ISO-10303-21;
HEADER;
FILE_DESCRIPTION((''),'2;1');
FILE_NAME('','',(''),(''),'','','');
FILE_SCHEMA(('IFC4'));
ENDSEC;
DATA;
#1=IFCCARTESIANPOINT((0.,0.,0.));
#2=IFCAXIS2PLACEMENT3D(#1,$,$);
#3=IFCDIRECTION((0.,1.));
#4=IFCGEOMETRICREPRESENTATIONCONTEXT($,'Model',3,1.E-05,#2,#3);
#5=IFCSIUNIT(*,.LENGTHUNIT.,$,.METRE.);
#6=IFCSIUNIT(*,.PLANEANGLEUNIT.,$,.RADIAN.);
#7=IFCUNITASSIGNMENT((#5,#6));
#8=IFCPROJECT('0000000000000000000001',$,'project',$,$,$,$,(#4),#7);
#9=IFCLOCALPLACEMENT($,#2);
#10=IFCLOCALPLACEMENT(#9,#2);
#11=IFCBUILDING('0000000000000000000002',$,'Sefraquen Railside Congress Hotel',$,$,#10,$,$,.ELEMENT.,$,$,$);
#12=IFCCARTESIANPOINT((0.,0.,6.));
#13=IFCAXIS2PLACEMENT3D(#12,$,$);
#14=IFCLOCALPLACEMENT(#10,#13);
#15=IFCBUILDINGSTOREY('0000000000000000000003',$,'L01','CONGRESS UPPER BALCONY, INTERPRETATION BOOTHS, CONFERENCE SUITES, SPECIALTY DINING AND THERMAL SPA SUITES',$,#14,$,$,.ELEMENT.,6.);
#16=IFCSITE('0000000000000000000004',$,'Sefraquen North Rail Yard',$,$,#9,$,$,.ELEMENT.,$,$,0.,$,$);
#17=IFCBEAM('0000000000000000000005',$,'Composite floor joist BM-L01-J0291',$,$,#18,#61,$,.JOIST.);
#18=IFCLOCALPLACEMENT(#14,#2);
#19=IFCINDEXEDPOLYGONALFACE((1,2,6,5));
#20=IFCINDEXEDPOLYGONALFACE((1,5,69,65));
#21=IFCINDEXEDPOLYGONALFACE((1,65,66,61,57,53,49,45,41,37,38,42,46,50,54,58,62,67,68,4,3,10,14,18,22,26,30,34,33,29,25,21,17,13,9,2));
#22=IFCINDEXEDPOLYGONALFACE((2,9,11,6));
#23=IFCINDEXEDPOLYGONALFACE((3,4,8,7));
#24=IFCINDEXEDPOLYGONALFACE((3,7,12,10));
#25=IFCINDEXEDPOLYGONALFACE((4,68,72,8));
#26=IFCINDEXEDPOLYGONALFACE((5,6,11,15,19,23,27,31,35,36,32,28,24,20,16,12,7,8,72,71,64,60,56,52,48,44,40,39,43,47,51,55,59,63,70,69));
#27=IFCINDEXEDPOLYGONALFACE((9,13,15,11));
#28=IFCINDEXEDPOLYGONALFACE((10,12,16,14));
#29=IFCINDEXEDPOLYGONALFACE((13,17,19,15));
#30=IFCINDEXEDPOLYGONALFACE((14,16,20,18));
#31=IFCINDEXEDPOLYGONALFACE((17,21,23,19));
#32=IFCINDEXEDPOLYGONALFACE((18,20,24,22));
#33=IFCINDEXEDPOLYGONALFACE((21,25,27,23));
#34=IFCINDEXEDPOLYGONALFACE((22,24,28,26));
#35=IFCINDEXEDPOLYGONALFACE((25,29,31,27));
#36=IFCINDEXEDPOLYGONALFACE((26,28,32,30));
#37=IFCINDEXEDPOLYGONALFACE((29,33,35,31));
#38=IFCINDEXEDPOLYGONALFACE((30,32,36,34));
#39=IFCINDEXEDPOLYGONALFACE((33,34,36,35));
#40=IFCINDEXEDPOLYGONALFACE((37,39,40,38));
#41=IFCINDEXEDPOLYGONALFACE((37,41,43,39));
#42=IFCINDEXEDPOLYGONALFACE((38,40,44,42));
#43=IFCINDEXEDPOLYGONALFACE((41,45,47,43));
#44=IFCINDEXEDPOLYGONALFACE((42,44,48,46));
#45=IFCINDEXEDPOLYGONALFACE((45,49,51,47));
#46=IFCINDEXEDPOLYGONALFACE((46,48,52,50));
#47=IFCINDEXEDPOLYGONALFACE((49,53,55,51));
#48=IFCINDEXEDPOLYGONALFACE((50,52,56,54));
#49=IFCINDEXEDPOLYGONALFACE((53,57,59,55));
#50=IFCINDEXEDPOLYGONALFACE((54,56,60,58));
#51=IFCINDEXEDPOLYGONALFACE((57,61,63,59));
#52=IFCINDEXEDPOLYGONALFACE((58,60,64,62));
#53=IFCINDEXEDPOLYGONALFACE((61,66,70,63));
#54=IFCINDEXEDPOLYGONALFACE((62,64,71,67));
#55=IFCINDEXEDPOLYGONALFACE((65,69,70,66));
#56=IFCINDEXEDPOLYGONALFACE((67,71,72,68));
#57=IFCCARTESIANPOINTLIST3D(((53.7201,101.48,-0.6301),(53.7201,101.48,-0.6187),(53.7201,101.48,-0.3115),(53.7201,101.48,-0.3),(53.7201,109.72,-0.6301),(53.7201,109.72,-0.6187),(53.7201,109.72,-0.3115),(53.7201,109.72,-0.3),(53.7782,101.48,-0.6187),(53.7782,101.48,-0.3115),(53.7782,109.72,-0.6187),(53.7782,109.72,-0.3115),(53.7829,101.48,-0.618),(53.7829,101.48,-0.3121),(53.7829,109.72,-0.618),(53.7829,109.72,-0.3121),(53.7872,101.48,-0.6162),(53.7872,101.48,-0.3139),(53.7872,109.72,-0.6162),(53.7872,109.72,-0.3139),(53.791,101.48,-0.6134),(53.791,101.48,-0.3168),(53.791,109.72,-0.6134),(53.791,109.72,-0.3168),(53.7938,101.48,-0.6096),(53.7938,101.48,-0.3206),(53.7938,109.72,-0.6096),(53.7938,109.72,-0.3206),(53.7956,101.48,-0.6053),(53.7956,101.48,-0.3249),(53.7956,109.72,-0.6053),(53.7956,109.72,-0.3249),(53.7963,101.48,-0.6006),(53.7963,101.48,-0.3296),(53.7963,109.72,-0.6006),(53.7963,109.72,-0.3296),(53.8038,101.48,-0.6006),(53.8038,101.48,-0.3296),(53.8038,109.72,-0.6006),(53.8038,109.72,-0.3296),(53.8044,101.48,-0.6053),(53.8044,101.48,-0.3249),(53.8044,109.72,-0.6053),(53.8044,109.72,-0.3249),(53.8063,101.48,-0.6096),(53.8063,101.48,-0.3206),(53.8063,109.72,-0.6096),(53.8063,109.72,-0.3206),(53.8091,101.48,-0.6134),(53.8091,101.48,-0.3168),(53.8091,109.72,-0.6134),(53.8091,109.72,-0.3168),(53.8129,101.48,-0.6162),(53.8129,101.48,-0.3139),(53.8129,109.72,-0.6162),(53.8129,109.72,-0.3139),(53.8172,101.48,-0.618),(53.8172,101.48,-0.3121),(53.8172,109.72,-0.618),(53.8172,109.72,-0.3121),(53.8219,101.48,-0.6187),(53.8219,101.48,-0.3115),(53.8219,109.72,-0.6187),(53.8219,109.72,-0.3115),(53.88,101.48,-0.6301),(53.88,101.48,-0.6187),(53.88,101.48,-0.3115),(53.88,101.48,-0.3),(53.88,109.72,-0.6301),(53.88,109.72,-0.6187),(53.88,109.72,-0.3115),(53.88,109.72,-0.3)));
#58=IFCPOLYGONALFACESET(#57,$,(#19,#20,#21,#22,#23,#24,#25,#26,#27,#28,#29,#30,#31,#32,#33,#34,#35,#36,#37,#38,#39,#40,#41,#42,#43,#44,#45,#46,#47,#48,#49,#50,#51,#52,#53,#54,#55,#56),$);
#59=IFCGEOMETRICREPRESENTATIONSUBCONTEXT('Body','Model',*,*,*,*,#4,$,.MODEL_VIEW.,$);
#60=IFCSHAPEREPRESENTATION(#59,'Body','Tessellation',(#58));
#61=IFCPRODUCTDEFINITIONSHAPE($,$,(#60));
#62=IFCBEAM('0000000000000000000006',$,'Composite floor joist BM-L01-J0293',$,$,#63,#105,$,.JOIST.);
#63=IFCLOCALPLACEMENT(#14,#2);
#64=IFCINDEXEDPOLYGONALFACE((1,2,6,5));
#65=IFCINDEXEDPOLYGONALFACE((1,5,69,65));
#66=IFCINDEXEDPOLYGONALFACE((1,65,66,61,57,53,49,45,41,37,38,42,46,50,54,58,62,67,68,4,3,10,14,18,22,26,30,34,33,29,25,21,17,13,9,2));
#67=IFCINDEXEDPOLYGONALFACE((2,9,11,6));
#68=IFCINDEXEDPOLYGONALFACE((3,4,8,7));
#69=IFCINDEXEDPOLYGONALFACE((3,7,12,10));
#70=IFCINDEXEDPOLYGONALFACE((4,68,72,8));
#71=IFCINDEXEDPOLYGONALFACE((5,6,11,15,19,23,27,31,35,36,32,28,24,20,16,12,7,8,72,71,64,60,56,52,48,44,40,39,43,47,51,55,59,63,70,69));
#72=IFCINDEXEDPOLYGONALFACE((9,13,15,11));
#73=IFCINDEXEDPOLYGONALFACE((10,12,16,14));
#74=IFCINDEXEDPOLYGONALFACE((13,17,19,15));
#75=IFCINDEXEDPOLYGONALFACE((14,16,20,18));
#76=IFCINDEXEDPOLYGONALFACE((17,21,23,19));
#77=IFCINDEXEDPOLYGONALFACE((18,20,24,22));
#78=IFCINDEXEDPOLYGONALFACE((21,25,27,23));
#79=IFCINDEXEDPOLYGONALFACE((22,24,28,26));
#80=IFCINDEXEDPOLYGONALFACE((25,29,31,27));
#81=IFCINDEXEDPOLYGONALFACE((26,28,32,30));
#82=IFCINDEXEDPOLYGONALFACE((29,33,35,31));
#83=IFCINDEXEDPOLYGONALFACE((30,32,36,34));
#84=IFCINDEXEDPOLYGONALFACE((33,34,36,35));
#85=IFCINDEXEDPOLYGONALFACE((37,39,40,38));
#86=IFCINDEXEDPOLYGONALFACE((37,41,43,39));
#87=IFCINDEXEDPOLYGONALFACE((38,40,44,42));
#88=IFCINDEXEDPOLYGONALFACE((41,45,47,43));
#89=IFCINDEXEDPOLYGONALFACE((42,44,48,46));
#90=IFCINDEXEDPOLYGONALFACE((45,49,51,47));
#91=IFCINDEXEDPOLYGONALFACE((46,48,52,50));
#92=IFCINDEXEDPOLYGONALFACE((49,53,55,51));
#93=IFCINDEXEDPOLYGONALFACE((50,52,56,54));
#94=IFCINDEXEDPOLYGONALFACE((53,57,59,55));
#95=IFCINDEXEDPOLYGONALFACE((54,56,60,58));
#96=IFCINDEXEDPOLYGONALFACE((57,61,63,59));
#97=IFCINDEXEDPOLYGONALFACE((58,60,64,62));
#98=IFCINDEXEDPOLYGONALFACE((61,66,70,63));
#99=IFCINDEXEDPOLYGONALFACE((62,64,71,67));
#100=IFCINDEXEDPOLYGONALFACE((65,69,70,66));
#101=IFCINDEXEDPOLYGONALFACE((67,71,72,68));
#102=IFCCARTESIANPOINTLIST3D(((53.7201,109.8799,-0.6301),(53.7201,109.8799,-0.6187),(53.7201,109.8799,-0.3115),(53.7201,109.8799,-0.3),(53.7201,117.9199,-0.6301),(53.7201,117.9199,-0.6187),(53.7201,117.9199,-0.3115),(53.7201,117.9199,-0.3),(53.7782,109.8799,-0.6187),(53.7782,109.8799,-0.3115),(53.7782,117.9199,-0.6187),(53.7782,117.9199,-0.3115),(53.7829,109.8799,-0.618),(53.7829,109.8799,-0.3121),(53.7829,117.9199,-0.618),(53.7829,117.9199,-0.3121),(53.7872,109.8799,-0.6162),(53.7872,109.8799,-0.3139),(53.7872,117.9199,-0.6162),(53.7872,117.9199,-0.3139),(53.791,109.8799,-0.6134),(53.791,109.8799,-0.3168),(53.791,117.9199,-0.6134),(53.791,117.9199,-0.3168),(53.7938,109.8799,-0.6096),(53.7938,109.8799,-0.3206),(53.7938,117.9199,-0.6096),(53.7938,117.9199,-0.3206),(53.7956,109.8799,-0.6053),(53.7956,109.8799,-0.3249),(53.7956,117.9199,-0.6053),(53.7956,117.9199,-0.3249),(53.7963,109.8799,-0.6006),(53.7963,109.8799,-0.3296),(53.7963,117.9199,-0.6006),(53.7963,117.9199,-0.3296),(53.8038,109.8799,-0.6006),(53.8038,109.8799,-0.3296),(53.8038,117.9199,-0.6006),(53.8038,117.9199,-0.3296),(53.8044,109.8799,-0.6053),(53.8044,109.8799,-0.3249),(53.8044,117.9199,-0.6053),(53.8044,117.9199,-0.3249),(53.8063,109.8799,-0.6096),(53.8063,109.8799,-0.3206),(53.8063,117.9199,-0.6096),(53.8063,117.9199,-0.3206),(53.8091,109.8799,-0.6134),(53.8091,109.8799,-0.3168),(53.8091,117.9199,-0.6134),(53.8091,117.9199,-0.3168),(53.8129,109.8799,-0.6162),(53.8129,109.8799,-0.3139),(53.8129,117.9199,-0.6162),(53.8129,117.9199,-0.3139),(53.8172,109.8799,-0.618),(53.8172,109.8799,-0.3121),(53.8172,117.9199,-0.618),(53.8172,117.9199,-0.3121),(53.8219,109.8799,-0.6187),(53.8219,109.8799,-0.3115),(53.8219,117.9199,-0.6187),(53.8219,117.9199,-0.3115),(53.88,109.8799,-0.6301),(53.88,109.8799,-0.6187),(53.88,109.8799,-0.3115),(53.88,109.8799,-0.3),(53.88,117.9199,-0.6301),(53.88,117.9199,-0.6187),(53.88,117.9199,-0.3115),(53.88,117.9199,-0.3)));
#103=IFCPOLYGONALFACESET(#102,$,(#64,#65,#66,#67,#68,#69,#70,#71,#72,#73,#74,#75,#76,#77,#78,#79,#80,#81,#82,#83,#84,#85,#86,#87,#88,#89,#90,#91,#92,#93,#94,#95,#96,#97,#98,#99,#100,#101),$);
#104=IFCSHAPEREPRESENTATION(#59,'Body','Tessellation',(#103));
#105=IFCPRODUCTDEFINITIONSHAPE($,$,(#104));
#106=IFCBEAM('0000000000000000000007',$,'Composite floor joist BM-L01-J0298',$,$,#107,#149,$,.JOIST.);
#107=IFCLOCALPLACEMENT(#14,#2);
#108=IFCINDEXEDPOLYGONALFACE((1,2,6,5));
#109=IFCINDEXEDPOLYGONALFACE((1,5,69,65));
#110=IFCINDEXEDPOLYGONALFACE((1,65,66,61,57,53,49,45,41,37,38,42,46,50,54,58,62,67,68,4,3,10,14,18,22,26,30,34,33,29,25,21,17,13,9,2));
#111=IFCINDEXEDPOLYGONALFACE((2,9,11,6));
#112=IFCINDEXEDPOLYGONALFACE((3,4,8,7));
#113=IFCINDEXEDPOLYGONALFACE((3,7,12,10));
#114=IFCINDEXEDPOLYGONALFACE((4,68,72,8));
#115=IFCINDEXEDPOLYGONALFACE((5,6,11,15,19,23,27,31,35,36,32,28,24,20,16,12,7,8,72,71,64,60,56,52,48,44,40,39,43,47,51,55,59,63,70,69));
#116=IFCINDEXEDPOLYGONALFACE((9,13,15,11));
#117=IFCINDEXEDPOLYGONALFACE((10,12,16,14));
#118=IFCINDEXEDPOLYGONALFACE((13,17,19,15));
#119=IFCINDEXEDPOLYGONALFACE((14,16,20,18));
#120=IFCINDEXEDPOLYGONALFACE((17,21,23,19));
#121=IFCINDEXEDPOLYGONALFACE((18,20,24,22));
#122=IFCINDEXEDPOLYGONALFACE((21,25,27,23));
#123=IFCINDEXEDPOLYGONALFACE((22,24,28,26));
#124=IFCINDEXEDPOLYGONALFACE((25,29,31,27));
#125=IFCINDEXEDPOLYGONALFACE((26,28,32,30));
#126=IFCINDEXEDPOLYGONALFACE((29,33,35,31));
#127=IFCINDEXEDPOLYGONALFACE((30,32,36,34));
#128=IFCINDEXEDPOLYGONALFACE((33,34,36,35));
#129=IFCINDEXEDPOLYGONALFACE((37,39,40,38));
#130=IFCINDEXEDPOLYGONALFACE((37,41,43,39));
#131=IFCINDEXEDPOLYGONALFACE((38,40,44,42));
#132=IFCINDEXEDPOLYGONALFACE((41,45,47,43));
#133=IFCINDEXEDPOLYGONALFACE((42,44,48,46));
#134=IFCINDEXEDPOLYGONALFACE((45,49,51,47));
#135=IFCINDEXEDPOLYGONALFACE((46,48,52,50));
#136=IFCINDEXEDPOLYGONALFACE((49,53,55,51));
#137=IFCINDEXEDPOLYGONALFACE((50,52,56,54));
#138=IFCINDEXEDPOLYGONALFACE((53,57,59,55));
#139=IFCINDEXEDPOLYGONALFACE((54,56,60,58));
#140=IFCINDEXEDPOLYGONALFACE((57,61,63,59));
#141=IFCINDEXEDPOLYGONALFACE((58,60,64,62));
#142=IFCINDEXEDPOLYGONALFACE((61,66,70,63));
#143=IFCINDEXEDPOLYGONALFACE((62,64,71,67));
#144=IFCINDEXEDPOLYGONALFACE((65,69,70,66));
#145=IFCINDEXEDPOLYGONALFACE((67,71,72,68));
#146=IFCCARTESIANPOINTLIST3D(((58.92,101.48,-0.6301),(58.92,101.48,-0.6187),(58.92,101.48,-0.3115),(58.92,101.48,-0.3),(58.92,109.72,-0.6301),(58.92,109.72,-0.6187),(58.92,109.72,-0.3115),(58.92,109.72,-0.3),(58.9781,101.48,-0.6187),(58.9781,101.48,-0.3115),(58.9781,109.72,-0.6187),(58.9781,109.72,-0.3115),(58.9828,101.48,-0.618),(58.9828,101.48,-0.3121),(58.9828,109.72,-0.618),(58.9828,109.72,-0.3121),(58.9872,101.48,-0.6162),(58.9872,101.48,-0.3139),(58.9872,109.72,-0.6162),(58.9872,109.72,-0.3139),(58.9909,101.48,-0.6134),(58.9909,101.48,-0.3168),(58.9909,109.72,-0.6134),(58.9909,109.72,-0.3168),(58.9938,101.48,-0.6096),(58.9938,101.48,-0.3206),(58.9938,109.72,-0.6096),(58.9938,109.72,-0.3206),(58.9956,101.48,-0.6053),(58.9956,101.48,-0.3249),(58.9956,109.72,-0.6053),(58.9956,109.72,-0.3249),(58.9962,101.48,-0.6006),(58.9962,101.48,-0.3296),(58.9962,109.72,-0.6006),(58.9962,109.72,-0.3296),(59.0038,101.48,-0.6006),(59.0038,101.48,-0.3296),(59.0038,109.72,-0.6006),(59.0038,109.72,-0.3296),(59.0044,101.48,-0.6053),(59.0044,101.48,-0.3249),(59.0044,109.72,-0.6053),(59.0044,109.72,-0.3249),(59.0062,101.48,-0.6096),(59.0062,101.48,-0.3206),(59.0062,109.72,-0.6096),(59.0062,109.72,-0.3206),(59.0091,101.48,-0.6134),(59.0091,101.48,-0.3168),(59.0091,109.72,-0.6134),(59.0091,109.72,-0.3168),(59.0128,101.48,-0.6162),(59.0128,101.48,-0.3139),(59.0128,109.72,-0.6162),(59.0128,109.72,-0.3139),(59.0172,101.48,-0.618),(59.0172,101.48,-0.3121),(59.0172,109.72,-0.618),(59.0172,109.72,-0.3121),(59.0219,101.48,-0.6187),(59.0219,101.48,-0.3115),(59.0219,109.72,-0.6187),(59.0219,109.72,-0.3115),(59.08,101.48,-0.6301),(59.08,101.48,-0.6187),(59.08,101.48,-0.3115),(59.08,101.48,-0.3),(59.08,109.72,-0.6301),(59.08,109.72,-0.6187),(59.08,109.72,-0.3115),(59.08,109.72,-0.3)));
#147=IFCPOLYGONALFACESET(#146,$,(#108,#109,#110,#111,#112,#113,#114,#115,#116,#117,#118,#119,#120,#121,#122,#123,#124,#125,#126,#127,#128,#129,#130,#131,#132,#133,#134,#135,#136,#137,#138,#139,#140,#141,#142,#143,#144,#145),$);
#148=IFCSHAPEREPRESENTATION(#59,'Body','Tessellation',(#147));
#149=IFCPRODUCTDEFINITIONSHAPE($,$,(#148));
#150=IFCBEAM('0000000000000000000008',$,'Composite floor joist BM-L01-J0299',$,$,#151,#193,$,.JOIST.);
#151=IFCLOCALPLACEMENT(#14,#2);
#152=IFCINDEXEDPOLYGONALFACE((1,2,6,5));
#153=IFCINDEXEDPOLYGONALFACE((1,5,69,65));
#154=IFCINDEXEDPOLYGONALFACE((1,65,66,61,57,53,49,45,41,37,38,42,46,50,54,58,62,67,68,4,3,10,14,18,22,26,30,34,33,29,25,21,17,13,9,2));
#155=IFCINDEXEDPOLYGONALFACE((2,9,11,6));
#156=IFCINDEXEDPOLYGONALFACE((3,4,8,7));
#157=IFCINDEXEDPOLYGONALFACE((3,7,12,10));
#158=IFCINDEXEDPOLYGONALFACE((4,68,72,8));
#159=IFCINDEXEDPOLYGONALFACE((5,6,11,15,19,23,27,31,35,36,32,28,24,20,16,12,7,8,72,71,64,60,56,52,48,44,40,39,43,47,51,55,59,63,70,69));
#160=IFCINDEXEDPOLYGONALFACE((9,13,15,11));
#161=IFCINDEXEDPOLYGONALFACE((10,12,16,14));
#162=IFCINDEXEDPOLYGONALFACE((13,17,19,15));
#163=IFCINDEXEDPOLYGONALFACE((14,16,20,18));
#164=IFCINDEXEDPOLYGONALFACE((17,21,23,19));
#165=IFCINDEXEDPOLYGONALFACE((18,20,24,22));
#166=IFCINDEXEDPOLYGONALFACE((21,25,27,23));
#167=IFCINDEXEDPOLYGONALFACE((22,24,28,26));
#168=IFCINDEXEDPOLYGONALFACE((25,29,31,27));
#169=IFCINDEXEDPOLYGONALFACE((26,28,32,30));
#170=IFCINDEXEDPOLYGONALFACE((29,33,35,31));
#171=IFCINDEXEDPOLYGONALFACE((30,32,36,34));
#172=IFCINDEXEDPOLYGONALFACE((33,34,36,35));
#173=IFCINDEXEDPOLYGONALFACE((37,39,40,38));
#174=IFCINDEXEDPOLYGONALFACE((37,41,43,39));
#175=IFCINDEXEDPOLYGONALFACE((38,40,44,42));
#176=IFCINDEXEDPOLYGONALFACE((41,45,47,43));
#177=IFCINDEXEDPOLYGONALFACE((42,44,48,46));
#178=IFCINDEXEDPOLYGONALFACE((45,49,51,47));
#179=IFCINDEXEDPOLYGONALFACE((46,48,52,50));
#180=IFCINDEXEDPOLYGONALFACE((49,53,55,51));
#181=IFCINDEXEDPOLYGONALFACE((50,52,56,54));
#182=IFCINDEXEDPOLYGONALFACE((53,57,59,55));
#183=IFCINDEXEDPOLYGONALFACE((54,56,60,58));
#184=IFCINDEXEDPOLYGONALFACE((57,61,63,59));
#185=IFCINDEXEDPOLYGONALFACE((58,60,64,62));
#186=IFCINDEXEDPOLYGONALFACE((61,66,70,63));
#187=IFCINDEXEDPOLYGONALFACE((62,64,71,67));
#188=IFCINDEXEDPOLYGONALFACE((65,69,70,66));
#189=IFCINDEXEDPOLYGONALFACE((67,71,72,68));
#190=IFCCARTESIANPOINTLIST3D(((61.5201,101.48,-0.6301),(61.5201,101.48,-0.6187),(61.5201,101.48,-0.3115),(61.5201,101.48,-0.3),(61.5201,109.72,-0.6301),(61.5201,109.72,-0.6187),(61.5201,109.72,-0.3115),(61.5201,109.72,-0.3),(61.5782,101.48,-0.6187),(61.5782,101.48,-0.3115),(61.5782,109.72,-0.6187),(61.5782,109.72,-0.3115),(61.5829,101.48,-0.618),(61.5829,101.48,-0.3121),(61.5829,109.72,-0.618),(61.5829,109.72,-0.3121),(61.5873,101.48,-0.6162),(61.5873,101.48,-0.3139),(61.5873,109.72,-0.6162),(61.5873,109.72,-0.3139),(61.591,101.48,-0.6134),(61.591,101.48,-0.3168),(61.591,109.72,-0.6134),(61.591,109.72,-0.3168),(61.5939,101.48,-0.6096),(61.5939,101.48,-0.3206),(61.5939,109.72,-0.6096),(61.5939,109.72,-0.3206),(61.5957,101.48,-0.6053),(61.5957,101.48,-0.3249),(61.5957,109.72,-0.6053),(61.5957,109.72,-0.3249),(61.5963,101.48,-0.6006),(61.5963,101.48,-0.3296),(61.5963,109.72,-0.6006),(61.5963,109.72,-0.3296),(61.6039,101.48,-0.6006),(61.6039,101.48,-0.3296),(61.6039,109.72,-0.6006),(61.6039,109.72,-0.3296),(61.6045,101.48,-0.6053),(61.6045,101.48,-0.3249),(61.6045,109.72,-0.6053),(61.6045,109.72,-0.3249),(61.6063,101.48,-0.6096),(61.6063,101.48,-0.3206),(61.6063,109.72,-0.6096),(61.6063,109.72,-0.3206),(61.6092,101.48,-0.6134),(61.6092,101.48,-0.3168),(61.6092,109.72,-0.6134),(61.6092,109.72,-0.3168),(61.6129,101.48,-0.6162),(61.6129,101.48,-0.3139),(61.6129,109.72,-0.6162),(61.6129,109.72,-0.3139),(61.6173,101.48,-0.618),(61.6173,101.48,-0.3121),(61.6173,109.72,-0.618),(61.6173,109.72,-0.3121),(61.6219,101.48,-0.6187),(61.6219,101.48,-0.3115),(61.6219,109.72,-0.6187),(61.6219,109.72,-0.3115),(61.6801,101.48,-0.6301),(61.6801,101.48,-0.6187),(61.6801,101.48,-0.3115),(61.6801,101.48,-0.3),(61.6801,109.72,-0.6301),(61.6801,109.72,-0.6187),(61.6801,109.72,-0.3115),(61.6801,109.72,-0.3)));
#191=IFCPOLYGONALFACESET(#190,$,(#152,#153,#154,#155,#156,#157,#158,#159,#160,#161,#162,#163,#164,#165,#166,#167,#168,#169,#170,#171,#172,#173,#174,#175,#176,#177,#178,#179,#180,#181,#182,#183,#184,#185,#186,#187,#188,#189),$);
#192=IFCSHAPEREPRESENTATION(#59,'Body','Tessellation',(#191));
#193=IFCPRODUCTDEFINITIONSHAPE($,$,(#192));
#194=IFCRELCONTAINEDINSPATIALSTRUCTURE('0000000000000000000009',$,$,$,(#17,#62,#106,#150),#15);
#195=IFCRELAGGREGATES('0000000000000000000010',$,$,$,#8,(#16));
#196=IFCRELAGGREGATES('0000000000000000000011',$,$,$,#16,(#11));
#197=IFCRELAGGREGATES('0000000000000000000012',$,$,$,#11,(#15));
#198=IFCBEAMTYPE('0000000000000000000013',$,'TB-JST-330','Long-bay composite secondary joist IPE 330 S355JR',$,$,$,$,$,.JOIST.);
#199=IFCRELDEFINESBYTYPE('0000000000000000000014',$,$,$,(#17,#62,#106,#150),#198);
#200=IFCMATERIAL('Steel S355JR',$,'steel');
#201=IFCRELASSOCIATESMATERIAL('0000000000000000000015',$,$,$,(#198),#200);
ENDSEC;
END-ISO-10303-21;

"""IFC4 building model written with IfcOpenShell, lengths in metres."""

from ifc_helpers import new_model, si_unit, direction, frame, origin, origin_2d, place, context, subcontext, project, spatial, i_section, extrude, material, material_profile, profile_set, type_object, element, save


model = new_model("IFC4")

# Units and contexts
model_context = context("Model", 3, precision=1e-05, world=origin(), true_north=direction((0.0, 1.0)))
body_context = subcontext(model_context, "Body", "Model", "MODEL_VIEW")
ifc_project = project(units=[si_unit("LENGTHUNIT", "METRE"), si_unit("PLANEANGLEUNIT", "RADIAN")], contexts=[model_context])

# Site, building, storey
site_placement = place(None, origin())
site = spatial("IfcSite", under=ifc_project, at=site_placement, Name="Sefraquen North Rail Yard", CompositionType="ELEMENT", RefElevation=0.0)
building_placement = place(site_placement, origin())
building = spatial("IfcBuilding", under=site, at=building_placement, Name="Sefraquen Railside Congress Hotel", CompositionType="ELEMENT")
storey_placement = place(building_placement, frame((0.0, 0.0, 6.0)))
storey = spatial("IfcBuildingStorey", under=building, at=storey_placement, Name="L01", Description="CONGRESS UPPER BALCONY, INTERPRETATION BOOTHS, CONFERENCE SUITES, SPECIALTY DINING AND THERMAL SPA SUITES", CompositionType="ELEMENT", Elevation=6.0)

# Shared definitions
ifc_material_1 = material(Name="Steel S355JR", Category="steel")

# Beams
ifc_material_profile_1 = material_profile(ifc_material_1, i_section(OverallWidth=0.1599, OverallDepth=0.3301, WebThickness=0.0076, FlangeThickness=0.0115, FilletRadius=0.0181, at=origin_2d()), Name="IPE 330")
ifc_profile_set_1 = profile_set([ifc_material_profile_1], Name="Steel S355JR")
beam_type_1 = type_object("IfcBeamType", Name="TB-JST-330", Description="Long-bay composite secondary joist IPE 330 S355JR", PredefinedType="JOIST", material=ifc_profile_set_1)
beam_1_placement = place(storey_placement, frame((53.8, 101.48, -0.4651), z_axis=(0.0, 1.0, 0.0), x_axis=(-1.0, 0.0, 0.0)))
element("IfcBeam", 1, at=beam_1_placement, inside=storey, type_object=beam_type_1, Name="Composite floor joist BM-L01-J0291", PredefinedType="JOIST", context=body_context, shape_type="SweptSolid", body=[
    extrude(i_section(OverallWidth=0.1599, OverallDepth=0.3301, WebThickness=0.0076, FlangeThickness=0.0115, FilletRadius=0.0181, at=origin_2d()), origin(), (0.0, 0.0, 1.0), 8.24),
])
beam_2_placement = place(storey_placement, frame((53.8, 109.8799, -0.4651), z_axis=(0.0, 1.0, 0.0), x_axis=(-1.0, 0.0, 0.0)))
element("IfcBeam", 2, at=beam_2_placement, inside=storey, type_object=beam_type_1, Name="Composite floor joist BM-L01-J0293", PredefinedType="JOIST", context=body_context, shape_type="SweptSolid", body=[
    extrude(i_section(OverallWidth=0.1599, OverallDepth=0.3301, WebThickness=0.0076, FlangeThickness=0.0115, FilletRadius=0.0181, at=origin_2d()), origin(), (0.0, 0.0, 1.0), 8.04),
])
for number, where, z_axis, x_axis, name in (
    (3, (59.0, 101.48, -0.4651), (0.0, 1.0, 0.0), (-1.0, 0.0, 0.0), "Composite floor joist BM-L01-J0298"),
    (4, (61.6001, 101.48, -0.4651), (0.0, 1.0, 0.0), (-1.0, 0.0, 0.0), "Composite floor joist BM-L01-J0299"),
):
    element("IfcBeam", number, at=place(storey_placement, frame(where, z_axis=z_axis, x_axis=x_axis)), inside=storey, type_object=beam_type_1, Name=name, PredefinedType="JOIST", context=body_context, shape_type="SweptSolid", body=[
        extrude(i_section(OverallWidth=0.1599, OverallDepth=0.3301, WebThickness=0.0076, FlangeThickness=0.0115, FilletRadius=0.0181, at=origin_2d()), origin(), (0.0, 0.0, 1.0), 8.24),
    ])

save(model, "model.ifc")
